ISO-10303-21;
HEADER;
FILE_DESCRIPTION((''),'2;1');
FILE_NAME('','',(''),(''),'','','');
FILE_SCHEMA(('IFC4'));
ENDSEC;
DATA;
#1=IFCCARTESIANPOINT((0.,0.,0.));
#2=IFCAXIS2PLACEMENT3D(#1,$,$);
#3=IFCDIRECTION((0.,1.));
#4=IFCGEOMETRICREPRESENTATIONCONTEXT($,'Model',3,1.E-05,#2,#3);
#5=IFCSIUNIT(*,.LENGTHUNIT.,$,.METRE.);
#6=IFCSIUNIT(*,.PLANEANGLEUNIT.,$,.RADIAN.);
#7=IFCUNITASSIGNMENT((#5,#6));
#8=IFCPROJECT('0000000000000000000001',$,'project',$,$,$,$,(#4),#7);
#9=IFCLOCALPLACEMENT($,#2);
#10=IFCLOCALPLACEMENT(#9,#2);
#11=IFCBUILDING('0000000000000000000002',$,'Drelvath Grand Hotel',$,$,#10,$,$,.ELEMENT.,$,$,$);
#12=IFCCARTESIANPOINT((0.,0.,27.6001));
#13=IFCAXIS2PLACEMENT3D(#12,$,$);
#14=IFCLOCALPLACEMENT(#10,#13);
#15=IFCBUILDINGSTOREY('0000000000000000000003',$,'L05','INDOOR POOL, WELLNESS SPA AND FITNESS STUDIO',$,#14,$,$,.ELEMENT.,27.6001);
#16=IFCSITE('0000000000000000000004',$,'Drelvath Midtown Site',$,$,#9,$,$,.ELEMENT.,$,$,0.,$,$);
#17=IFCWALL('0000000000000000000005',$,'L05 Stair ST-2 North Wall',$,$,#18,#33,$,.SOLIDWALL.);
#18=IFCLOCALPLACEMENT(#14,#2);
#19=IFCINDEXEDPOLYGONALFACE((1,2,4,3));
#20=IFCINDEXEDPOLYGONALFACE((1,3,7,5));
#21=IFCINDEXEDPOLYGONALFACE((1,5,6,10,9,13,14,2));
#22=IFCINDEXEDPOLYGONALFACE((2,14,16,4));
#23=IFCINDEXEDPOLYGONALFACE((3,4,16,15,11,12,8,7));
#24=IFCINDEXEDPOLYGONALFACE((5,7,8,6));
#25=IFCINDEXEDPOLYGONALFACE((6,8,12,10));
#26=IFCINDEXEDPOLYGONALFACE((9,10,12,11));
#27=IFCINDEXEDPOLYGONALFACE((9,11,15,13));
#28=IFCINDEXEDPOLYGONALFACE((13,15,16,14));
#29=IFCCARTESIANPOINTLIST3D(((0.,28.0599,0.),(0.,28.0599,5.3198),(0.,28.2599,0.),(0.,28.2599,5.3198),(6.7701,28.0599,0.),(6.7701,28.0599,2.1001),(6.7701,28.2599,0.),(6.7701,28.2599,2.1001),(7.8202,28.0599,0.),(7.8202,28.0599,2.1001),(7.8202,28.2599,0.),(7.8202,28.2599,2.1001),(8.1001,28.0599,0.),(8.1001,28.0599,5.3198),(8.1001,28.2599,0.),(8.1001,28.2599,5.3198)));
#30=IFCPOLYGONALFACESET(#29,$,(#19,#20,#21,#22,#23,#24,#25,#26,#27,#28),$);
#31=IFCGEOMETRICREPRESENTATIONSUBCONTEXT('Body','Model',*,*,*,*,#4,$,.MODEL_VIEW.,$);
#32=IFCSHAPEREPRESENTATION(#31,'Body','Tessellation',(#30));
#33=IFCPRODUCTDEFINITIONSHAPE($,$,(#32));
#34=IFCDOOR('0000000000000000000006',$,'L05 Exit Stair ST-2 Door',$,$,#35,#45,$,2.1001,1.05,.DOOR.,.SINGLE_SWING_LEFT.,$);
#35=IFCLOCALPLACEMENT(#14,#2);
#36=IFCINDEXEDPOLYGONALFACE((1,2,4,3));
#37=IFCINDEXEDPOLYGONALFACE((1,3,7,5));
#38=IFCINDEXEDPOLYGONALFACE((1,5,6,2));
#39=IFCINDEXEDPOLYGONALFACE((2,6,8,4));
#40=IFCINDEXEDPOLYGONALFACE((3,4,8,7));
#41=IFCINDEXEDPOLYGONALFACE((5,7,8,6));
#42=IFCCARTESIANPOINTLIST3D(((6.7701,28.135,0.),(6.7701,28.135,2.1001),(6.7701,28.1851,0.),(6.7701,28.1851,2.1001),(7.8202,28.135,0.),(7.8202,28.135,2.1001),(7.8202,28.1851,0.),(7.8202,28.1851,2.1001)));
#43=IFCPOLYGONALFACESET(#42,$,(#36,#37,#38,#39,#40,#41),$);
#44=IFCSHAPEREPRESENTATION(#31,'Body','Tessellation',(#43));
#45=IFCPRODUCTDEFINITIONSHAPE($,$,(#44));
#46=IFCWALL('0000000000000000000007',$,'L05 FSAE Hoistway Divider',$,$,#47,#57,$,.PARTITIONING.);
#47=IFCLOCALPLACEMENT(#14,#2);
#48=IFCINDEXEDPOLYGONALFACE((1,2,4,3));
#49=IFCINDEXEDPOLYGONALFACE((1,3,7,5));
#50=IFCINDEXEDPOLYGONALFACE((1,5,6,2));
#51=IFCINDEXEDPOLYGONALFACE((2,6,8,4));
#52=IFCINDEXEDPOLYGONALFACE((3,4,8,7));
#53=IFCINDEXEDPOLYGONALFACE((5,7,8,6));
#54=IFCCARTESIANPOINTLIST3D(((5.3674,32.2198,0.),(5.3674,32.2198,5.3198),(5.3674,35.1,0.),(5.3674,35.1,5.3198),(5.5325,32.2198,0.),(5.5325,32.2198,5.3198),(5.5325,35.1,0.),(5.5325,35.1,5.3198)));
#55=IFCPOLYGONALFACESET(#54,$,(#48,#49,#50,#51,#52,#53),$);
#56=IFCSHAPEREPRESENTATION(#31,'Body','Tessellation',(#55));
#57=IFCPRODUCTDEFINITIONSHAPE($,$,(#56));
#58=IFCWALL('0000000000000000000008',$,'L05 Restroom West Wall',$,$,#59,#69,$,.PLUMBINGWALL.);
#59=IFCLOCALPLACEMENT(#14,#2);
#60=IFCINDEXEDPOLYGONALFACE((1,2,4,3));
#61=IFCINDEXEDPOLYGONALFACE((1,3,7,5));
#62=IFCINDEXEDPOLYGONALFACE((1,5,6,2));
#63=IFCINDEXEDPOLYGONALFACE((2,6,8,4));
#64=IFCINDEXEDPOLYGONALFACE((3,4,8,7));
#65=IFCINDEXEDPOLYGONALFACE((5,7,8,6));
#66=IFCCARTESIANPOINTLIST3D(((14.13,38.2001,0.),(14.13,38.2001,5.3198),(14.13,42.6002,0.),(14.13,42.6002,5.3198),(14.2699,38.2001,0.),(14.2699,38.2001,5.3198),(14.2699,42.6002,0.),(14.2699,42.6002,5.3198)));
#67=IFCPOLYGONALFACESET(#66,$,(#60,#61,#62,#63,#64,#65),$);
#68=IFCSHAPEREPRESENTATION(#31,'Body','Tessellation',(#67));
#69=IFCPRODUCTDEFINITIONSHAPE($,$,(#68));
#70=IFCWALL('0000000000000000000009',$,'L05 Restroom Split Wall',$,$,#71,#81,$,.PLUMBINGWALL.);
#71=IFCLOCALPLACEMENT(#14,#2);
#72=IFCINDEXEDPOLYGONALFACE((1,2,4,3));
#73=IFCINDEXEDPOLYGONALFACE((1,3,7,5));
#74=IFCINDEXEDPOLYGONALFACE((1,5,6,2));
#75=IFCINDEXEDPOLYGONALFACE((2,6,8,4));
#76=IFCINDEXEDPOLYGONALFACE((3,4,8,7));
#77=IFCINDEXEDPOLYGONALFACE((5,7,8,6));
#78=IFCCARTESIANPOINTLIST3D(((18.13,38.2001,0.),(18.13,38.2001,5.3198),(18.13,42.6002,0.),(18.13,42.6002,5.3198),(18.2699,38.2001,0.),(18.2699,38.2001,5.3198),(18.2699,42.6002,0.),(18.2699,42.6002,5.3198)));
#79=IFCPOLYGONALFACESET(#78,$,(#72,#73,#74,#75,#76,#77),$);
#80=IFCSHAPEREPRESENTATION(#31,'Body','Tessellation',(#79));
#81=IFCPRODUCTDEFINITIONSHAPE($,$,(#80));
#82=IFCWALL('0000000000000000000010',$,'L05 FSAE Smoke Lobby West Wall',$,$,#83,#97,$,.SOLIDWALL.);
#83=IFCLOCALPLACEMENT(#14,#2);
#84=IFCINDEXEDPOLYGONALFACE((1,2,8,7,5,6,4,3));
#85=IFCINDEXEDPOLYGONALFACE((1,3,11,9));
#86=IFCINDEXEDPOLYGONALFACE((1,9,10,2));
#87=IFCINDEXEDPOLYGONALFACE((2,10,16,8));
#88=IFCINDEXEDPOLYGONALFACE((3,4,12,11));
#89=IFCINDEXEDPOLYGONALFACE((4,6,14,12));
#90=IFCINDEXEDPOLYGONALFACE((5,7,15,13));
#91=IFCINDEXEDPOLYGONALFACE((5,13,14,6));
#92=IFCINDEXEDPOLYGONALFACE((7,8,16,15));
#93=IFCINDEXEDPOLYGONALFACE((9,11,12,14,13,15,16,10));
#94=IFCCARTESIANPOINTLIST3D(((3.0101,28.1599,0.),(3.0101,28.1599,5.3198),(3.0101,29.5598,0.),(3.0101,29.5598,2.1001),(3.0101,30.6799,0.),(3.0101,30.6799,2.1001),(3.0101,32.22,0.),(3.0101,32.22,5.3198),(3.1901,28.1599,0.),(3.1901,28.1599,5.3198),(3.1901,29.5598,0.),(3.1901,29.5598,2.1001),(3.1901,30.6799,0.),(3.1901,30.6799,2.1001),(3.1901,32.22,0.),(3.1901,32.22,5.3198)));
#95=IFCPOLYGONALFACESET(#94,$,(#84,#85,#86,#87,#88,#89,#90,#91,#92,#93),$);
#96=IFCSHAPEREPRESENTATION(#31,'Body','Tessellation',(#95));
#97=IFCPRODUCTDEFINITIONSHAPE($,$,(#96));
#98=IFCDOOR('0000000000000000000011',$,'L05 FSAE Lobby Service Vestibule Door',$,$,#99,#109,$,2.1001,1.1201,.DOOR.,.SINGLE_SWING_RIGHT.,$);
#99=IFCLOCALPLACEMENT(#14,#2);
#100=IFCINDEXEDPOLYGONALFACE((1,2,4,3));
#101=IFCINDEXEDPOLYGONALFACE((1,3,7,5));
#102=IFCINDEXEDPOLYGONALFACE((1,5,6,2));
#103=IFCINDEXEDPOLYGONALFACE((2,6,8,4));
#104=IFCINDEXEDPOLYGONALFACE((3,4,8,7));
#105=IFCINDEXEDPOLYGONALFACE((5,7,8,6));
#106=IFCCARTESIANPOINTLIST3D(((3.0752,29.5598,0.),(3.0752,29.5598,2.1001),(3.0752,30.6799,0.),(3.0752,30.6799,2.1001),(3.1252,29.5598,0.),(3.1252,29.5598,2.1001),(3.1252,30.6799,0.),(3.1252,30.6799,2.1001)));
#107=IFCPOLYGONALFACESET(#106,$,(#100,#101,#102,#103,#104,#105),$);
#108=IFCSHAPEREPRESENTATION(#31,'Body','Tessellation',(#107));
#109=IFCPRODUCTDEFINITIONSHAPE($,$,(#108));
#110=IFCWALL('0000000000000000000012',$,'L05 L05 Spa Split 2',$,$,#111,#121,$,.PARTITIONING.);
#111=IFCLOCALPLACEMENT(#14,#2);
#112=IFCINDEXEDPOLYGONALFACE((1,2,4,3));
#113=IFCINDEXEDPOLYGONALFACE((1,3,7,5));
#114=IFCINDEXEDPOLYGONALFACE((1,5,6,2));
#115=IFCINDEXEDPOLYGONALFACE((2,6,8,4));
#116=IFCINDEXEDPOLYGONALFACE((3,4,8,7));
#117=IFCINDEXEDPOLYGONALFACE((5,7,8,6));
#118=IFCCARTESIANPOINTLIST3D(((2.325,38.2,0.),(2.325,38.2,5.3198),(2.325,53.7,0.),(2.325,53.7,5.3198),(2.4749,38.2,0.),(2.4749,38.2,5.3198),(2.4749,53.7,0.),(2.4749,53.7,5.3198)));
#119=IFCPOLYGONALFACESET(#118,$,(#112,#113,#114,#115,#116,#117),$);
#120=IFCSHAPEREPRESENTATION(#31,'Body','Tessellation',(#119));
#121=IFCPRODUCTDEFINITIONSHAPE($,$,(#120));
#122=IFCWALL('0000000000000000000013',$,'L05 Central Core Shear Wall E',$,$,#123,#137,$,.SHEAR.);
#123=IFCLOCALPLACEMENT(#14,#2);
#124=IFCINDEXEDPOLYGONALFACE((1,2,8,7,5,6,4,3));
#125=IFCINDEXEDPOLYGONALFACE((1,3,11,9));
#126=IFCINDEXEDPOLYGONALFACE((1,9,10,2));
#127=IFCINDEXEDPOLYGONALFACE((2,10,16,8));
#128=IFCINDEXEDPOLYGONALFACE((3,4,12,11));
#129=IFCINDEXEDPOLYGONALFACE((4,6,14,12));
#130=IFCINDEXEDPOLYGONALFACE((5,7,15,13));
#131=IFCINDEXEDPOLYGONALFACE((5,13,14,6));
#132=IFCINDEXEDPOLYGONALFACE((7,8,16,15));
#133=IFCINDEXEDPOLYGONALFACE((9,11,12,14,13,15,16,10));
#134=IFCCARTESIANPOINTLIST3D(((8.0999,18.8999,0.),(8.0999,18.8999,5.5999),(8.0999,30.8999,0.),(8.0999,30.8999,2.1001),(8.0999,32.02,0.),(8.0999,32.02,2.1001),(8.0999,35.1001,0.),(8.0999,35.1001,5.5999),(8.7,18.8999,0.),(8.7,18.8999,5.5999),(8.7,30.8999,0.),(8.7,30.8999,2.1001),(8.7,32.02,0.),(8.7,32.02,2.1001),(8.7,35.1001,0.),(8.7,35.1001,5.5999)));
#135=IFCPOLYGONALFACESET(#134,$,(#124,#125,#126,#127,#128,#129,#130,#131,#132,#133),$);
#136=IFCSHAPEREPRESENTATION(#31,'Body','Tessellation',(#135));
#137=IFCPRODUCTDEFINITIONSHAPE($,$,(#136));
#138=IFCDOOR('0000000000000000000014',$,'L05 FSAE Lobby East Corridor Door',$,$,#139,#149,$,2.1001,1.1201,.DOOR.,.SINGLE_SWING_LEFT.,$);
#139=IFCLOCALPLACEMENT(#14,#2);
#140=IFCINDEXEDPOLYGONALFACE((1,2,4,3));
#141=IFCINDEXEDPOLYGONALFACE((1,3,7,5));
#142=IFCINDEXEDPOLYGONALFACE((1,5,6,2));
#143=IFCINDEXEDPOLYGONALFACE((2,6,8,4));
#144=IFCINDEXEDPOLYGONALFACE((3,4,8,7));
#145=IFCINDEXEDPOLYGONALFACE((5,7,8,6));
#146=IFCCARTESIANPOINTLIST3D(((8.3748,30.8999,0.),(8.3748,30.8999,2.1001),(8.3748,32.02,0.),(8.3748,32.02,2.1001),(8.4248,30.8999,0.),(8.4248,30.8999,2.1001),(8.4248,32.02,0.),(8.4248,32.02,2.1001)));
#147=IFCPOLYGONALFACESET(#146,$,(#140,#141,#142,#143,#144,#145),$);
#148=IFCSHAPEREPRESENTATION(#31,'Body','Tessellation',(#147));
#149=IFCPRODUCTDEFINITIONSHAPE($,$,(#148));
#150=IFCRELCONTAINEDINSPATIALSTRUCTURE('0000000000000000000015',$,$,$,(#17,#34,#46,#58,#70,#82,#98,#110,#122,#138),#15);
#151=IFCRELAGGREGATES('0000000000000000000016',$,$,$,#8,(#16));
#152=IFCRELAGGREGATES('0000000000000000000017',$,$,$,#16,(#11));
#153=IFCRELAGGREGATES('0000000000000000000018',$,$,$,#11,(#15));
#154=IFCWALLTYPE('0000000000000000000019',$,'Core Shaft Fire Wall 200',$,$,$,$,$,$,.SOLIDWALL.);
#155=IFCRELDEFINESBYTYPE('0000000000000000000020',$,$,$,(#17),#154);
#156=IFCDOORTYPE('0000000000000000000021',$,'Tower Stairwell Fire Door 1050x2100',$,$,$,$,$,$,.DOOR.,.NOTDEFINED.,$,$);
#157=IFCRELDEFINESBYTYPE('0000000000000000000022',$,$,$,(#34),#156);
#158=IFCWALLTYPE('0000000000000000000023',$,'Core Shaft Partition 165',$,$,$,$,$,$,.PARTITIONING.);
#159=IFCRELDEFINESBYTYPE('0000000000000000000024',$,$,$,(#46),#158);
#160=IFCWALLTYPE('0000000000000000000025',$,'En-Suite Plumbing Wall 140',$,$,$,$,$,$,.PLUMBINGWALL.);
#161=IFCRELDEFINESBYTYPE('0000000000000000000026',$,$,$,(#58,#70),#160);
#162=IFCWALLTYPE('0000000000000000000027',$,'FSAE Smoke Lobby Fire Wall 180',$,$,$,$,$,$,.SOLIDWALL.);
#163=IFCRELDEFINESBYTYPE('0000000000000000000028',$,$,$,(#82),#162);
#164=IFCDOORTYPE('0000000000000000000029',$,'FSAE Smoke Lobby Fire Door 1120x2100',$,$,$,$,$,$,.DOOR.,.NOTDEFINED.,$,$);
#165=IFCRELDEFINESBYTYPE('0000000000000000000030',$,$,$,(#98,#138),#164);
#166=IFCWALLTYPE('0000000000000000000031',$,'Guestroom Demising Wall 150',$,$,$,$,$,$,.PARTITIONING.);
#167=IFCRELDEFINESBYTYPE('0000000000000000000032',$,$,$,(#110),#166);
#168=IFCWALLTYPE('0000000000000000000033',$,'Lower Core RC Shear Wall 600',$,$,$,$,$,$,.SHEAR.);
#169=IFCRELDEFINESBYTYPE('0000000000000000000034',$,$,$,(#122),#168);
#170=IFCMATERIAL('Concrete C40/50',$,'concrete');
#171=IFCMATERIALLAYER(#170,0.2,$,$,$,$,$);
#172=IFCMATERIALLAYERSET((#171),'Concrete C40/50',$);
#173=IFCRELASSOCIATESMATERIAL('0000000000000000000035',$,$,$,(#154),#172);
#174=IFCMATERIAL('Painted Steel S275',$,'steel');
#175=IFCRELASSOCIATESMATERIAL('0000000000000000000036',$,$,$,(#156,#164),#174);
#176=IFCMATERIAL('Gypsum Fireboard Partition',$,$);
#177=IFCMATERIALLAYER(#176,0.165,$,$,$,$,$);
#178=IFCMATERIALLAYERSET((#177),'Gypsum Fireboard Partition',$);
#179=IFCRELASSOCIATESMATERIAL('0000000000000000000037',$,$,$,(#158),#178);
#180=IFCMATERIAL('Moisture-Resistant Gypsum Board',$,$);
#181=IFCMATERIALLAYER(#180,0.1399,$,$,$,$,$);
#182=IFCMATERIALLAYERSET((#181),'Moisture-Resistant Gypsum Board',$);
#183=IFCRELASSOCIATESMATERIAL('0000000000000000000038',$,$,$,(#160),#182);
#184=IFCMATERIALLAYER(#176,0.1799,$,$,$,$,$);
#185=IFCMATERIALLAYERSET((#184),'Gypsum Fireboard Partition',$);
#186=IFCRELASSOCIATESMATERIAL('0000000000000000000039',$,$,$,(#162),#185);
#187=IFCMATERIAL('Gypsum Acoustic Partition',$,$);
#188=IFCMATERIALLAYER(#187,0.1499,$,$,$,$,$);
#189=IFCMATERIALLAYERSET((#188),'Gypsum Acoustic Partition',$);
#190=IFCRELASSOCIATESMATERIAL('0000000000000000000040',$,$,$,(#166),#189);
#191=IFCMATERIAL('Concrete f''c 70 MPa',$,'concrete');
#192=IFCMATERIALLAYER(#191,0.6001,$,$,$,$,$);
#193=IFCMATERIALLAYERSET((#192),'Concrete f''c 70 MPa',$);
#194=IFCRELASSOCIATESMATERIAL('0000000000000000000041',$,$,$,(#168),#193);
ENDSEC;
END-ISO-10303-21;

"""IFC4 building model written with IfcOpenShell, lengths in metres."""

from ifc_helpers import new_model, si_unit, direction, frame, frame_2d, origin, place, context, subcontext, project, spatial, rectangle, extrude, material, layer, layer_set, type_object, element, fill, save


model = new_model("IFC4")

# Units and contexts
model_context = context("Model", 3, precision=1e-05, world=origin(), true_north=direction((0.0, 1.0)))
body_context = subcontext(model_context, "Body", "Model", "MODEL_VIEW")
ifc_project = project(units=[si_unit("LENGTHUNIT", "METRE"), si_unit("PLANEANGLEUNIT", "RADIAN")], contexts=[model_context])

# Site, building, storey
site_placement = place(None, origin())
site = spatial("IfcSite", under=ifc_project, at=site_placement, Name="Drelvath Midtown Site", CompositionType="ELEMENT", RefElevation=0.0)
building_placement = place(site_placement, origin())
building = spatial("IfcBuilding", under=site, at=building_placement, Name="Drelvath Grand Hotel", CompositionType="ELEMENT")
storey_placement = place(building_placement, frame((0.0, 0.0, 27.6001)))
storey = spatial("IfcBuildingStorey", under=building, at=storey_placement, Name="L05", Description="INDOOR POOL, WELLNESS SPA AND FITNESS STUDIO", CompositionType="ELEMENT", Elevation=27.6001)

# Shared definitions
ifc_material_1 = material(Name="Concrete f'c 70 MPa", Category="concrete")

# Shared definitions
ifc_material_2 = material(Name="Concrete C40/50", Category="concrete")

# Wall, opening, door
ifc_layer_1 = layer(ifc_material_2, 0.2)
ifc_layer_set_1 = layer_set([ifc_layer_1], Name="Concrete C40/50")
wall_type_1 = type_object("IfcWallType", Name="Core Shaft Fire Wall 200", PredefinedType="SOLIDWALL", material=ifc_layer_set_1)
wall_1_placement = place(storey_placement, frame((8.1001, 28.1599, 0.0), z_axis=(0.0, 0.0, 1.0), x_axis=(-1.0, 0.0, 0.0)))
wall_1 = element("IfcWall", 1, at=wall_1_placement, inside=storey, type_object=wall_type_1, Name="L05 Stair ST-2 North Wall", PredefinedType="SOLIDWALL", context=body_context, shape_type="SweptSolid", body=[
    extrude(rectangle(XDim=8.1001, YDim=0.2, at=frame_2d((4.05, 0.0))), origin(), (0.0, 0.0, 1.0), 5.3198),
])
opening_1_placement = place(wall_1_placement, frame((0.28, 0.0, 0.0)))
opening_1 = element("IfcOpeningElement", 2, at=opening_1_placement, cuts=wall_1, PredefinedType="OPENING", context=body_context, shape_type="SweptSolid", body=[
    extrude(rectangle(XDim=1.05, YDim=2.1001, at=frame_2d((0.5249, 1.05))), frame((0.0, 0.1099, 0.0), z_axis=(0.0, -1.0, 0.0), x_axis=(1.0, 0.0, 0.0)), (0.0, 0.0, 1.0), 0.22),
])
ifc_material_3 = material(Name="Painted Steel S275", Category="steel")
door_type_1 = type_object("IfcDoorType", Name="Tower Stairwell Fire Door 1050x2100", OperationType="NOTDEFINED", PredefinedType="DOOR", material=ifc_material_3)
door_1_placement = place(opening_1_placement, origin())
door_1 = element("IfcDoor", 3, at=door_1_placement, inside=storey, type_object=door_type_1, Name="L05 Exit Stair ST-2 Door", OperationType="SINGLE_SWING_LEFT", OverallHeight=2.1001, OverallWidth=1.05, PredefinedType="DOOR", context=body_context, shape_type="SweptSolid", body=[
    extrude(rectangle(XDim=1.05, YDim=2.1001, at=frame_2d((0.5249, 1.05))), frame((0.0, 0.0249, 0.0), z_axis=(0.0, -1.0, 0.0), x_axis=(1.0, 0.0, 0.0)), (0.0, 0.0, 1.0), 0.05),
])
fill(opening_1, door_1)

# Walls
ifc_material_4 = material(Name="Gypsum Fireboard Partition")
ifc_layer_2 = layer(ifc_material_4, 0.165)
ifc_layer_set_2 = layer_set([ifc_layer_2], Name="Gypsum Fireboard Partition")
wall_type_2 = type_object("IfcWallType", Name="Core Shaft Partition 165", PredefinedType="PARTITIONING", material=ifc_layer_set_2)
wall_2_placement = place(storey_placement, frame((5.45, 32.22, 0.0), z_axis=(0.0, 0.0, 1.0), x_axis=(0.0, 1.0, 0.0)))
element("IfcWall", 4, at=wall_2_placement, inside=storey, type_object=wall_type_2, Name="L05 FSAE Hoistway Divider", PredefinedType="PARTITIONING", context=body_context, shape_type="SweptSolid", body=[
    extrude(rectangle(XDim=2.8801, YDim=0.165, at=frame_2d((1.4399, 0.0))), origin(), (0.0, 0.0, 1.0), 5.3198),
])
ifc_material_5 = material(Name="Moisture-Resistant Gypsum Board")
ifc_layer_3 = layer(ifc_material_5, 0.1399)
ifc_layer_set_3 = layer_set([ifc_layer_3], Name="Moisture-Resistant Gypsum Board")
wall_type_3 = type_object("IfcWallType", Name="En-Suite Plumbing Wall 140", PredefinedType="PLUMBINGWALL", material=ifc_layer_set_3)
for number, where, z_axis, x_axis, name in (
    (5, (14.2, 38.2, 0.0), (0.0, 0.0, 1.0), (0.0, 1.0, 0.0), "L05 Restroom West Wall"),
    (6, (18.2, 38.2, 0.0), (0.0, 0.0, 1.0), (0.0, 1.0, 0.0), "L05 Restroom Split Wall"),
):
    element("IfcWall", number, at=place(storey_placement, frame(where, z_axis=z_axis, x_axis=x_axis)), inside=storey, type_object=wall_type_3, Name=name, PredefinedType="PLUMBINGWALL", context=body_context, shape_type="SweptSolid", body=[
        extrude(rectangle(XDim=4.4001, YDim=0.1399, at=frame_2d((2.2002, 0.0))), origin(), (0.0, 0.0, 1.0), 5.3198),
    ])

# Wall, opening, door
ifc_layer_4 = layer(ifc_material_4, 0.1799)
ifc_layer_set_4 = layer_set([ifc_layer_4], Name="Gypsum Fireboard Partition")
wall_type_4 = type_object("IfcWallType", Name="FSAE Smoke Lobby Fire Wall 180", PredefinedType="SOLIDWALL", material=ifc_layer_set_4)
wall_3_placement = place(storey_placement, frame((3.1001, 28.1599, 0.0), z_axis=(0.0, 0.0, 1.0), x_axis=(0.0, 1.0, 0.0)))
wall_3 = element("IfcWall", 7, at=wall_3_placement, inside=storey, type_object=wall_type_4, Name="L05 FSAE Smoke Lobby West Wall", PredefinedType="SOLIDWALL", context=body_context, shape_type="SweptSolid", body=[
    extrude(rectangle(XDim=4.0601, YDim=0.1799, at=frame_2d((2.03, 0.0))), origin(), (0.0, 0.0, 1.0), 5.3198),
])
opening_2_placement = place(wall_3_placement, frame((1.3999, 0.0, 0.0)))
opening_2 = element("IfcOpeningElement", 8, at=opening_2_placement, cuts=wall_3, PredefinedType="OPENING", context=body_context, shape_type="SweptSolid", body=[
    extrude(rectangle(XDim=1.1201, YDim=2.1001, at=frame_2d((0.5601, 1.05))), frame((0.0, 0.0999, 0.0), z_axis=(0.0, -1.0, 0.0), x_axis=(1.0, 0.0, 0.0)), (0.0, 0.0, 1.0), 0.2),
])
door_type_2 = type_object("IfcDoorType", Name="FSAE Smoke Lobby Fire Door 1120x2100", OperationType="NOTDEFINED", PredefinedType="DOOR", material=ifc_material_3)
door_2_placement = place(opening_2_placement, origin())
door_2 = element("IfcDoor", 9, at=door_2_placement, inside=storey, type_object=door_type_2, Name="L05 FSAE Lobby Service Vestibule Door", OperationType="SINGLE_SWING_RIGHT", OverallHeight=2.1001, OverallWidth=1.1201, PredefinedType="DOOR", context=body_context, shape_type="SweptSolid", body=[
    extrude(rectangle(XDim=1.1201, YDim=2.1001, at=frame_2d((0.5601, 1.05))), frame((0.0, 0.0249, 0.0), z_axis=(0.0, -1.0, 0.0), x_axis=(1.0, 0.0, 0.0)), (0.0, 0.0, 1.0), 0.05),
])
fill(opening_2, door_2)

# Wall
ifc_material_6 = material(Name="Gypsum Acoustic Partition")
ifc_layer_5 = layer(ifc_material_6, 0.1499)
ifc_layer_set_5 = layer_set([ifc_layer_5], Name="Gypsum Acoustic Partition")
wall_type_5 = type_object("IfcWallType", Name="Guestroom Demising Wall 150", PredefinedType="PARTITIONING", material=ifc_layer_set_5)
wall_4_placement = place(storey_placement, frame((2.3999, 38.2, 0.0), z_axis=(0.0, 0.0, 1.0), x_axis=(0.0, 1.0, 0.0)))
element("IfcWall", 10, at=wall_4_placement, inside=storey, type_object=wall_type_5, Name="L05 L05 Spa Split 2", PredefinedType="PARTITIONING", context=body_context, shape_type="SweptSolid", body=[
    extrude(rectangle(XDim=15.5, YDim=0.1499, at=frame_2d((7.75, 0.0))), origin(), (0.0, 0.0, 1.0), 5.3198),
])

# Wall, opening, door
ifc_layer_6 = layer(ifc_material_1, 0.6001)
ifc_layer_set_6 = layer_set([ifc_layer_6], Name="Concrete f'c 70 MPa")
wall_type_6 = type_object("IfcWallType", Name="Lower Core RC Shear Wall 600", PredefinedType="SHEAR", material=ifc_layer_set_6)
wall_5_placement = place(storey_placement, frame((8.3999, 35.1001, 0.0), z_axis=(0.0, 0.0, 1.0), x_axis=(0.0, -1.0, 0.0)))
wall_5 = element("IfcWall", 11, at=wall_5_placement, inside=storey, type_object=wall_type_6, Name="L05 Central Core Shear Wall E", PredefinedType="SHEAR", context=body_context, shape_type="SweptSolid", body=[
    extrude(rectangle(XDim=16.2002, YDim=0.6001, at=frame_2d((8.1001, 0.0))), origin(), (0.0, 0.0, 1.0), 5.5999),
])
opening_3_placement = place(wall_5_placement, frame((3.0801, 0.0, 0.0)))
opening_3 = element("IfcOpeningElement", 12, at=opening_3_placement, cuts=wall_5, PredefinedType="OPENING", context=body_context, shape_type="SweptSolid", body=[
    extrude(rectangle(XDim=1.1201, YDim=2.1001, at=frame_2d((0.5601, 1.05))), frame((0.0, 0.3101, 0.0), z_axis=(0.0, -1.0, 0.0), x_axis=(1.0, 0.0, 0.0)), (0.0, 0.0, 1.0), 0.6201),
])
door_3_placement = place(opening_3_placement, origin())
door_3 = element("IfcDoor", 13, at=door_3_placement, inside=storey, type_object=door_type_2, Name="L05 FSAE Lobby East Corridor Door", OperationType="SINGLE_SWING_LEFT", OverallHeight=2.1001, OverallWidth=1.1201, PredefinedType="DOOR", context=body_context, shape_type="SweptSolid", body=[
    extrude(rectangle(XDim=1.1201, YDim=2.1001, at=frame_2d((0.5601, 1.05))), frame((0.0, 0.0249, 0.0), z_axis=(0.0, -1.0, 0.0), x_axis=(1.0, 0.0, 0.0)), (0.0, 0.0, 1.0), 0.05),
])
fill(opening_3, door_3)

save(model, "model.ifc")
